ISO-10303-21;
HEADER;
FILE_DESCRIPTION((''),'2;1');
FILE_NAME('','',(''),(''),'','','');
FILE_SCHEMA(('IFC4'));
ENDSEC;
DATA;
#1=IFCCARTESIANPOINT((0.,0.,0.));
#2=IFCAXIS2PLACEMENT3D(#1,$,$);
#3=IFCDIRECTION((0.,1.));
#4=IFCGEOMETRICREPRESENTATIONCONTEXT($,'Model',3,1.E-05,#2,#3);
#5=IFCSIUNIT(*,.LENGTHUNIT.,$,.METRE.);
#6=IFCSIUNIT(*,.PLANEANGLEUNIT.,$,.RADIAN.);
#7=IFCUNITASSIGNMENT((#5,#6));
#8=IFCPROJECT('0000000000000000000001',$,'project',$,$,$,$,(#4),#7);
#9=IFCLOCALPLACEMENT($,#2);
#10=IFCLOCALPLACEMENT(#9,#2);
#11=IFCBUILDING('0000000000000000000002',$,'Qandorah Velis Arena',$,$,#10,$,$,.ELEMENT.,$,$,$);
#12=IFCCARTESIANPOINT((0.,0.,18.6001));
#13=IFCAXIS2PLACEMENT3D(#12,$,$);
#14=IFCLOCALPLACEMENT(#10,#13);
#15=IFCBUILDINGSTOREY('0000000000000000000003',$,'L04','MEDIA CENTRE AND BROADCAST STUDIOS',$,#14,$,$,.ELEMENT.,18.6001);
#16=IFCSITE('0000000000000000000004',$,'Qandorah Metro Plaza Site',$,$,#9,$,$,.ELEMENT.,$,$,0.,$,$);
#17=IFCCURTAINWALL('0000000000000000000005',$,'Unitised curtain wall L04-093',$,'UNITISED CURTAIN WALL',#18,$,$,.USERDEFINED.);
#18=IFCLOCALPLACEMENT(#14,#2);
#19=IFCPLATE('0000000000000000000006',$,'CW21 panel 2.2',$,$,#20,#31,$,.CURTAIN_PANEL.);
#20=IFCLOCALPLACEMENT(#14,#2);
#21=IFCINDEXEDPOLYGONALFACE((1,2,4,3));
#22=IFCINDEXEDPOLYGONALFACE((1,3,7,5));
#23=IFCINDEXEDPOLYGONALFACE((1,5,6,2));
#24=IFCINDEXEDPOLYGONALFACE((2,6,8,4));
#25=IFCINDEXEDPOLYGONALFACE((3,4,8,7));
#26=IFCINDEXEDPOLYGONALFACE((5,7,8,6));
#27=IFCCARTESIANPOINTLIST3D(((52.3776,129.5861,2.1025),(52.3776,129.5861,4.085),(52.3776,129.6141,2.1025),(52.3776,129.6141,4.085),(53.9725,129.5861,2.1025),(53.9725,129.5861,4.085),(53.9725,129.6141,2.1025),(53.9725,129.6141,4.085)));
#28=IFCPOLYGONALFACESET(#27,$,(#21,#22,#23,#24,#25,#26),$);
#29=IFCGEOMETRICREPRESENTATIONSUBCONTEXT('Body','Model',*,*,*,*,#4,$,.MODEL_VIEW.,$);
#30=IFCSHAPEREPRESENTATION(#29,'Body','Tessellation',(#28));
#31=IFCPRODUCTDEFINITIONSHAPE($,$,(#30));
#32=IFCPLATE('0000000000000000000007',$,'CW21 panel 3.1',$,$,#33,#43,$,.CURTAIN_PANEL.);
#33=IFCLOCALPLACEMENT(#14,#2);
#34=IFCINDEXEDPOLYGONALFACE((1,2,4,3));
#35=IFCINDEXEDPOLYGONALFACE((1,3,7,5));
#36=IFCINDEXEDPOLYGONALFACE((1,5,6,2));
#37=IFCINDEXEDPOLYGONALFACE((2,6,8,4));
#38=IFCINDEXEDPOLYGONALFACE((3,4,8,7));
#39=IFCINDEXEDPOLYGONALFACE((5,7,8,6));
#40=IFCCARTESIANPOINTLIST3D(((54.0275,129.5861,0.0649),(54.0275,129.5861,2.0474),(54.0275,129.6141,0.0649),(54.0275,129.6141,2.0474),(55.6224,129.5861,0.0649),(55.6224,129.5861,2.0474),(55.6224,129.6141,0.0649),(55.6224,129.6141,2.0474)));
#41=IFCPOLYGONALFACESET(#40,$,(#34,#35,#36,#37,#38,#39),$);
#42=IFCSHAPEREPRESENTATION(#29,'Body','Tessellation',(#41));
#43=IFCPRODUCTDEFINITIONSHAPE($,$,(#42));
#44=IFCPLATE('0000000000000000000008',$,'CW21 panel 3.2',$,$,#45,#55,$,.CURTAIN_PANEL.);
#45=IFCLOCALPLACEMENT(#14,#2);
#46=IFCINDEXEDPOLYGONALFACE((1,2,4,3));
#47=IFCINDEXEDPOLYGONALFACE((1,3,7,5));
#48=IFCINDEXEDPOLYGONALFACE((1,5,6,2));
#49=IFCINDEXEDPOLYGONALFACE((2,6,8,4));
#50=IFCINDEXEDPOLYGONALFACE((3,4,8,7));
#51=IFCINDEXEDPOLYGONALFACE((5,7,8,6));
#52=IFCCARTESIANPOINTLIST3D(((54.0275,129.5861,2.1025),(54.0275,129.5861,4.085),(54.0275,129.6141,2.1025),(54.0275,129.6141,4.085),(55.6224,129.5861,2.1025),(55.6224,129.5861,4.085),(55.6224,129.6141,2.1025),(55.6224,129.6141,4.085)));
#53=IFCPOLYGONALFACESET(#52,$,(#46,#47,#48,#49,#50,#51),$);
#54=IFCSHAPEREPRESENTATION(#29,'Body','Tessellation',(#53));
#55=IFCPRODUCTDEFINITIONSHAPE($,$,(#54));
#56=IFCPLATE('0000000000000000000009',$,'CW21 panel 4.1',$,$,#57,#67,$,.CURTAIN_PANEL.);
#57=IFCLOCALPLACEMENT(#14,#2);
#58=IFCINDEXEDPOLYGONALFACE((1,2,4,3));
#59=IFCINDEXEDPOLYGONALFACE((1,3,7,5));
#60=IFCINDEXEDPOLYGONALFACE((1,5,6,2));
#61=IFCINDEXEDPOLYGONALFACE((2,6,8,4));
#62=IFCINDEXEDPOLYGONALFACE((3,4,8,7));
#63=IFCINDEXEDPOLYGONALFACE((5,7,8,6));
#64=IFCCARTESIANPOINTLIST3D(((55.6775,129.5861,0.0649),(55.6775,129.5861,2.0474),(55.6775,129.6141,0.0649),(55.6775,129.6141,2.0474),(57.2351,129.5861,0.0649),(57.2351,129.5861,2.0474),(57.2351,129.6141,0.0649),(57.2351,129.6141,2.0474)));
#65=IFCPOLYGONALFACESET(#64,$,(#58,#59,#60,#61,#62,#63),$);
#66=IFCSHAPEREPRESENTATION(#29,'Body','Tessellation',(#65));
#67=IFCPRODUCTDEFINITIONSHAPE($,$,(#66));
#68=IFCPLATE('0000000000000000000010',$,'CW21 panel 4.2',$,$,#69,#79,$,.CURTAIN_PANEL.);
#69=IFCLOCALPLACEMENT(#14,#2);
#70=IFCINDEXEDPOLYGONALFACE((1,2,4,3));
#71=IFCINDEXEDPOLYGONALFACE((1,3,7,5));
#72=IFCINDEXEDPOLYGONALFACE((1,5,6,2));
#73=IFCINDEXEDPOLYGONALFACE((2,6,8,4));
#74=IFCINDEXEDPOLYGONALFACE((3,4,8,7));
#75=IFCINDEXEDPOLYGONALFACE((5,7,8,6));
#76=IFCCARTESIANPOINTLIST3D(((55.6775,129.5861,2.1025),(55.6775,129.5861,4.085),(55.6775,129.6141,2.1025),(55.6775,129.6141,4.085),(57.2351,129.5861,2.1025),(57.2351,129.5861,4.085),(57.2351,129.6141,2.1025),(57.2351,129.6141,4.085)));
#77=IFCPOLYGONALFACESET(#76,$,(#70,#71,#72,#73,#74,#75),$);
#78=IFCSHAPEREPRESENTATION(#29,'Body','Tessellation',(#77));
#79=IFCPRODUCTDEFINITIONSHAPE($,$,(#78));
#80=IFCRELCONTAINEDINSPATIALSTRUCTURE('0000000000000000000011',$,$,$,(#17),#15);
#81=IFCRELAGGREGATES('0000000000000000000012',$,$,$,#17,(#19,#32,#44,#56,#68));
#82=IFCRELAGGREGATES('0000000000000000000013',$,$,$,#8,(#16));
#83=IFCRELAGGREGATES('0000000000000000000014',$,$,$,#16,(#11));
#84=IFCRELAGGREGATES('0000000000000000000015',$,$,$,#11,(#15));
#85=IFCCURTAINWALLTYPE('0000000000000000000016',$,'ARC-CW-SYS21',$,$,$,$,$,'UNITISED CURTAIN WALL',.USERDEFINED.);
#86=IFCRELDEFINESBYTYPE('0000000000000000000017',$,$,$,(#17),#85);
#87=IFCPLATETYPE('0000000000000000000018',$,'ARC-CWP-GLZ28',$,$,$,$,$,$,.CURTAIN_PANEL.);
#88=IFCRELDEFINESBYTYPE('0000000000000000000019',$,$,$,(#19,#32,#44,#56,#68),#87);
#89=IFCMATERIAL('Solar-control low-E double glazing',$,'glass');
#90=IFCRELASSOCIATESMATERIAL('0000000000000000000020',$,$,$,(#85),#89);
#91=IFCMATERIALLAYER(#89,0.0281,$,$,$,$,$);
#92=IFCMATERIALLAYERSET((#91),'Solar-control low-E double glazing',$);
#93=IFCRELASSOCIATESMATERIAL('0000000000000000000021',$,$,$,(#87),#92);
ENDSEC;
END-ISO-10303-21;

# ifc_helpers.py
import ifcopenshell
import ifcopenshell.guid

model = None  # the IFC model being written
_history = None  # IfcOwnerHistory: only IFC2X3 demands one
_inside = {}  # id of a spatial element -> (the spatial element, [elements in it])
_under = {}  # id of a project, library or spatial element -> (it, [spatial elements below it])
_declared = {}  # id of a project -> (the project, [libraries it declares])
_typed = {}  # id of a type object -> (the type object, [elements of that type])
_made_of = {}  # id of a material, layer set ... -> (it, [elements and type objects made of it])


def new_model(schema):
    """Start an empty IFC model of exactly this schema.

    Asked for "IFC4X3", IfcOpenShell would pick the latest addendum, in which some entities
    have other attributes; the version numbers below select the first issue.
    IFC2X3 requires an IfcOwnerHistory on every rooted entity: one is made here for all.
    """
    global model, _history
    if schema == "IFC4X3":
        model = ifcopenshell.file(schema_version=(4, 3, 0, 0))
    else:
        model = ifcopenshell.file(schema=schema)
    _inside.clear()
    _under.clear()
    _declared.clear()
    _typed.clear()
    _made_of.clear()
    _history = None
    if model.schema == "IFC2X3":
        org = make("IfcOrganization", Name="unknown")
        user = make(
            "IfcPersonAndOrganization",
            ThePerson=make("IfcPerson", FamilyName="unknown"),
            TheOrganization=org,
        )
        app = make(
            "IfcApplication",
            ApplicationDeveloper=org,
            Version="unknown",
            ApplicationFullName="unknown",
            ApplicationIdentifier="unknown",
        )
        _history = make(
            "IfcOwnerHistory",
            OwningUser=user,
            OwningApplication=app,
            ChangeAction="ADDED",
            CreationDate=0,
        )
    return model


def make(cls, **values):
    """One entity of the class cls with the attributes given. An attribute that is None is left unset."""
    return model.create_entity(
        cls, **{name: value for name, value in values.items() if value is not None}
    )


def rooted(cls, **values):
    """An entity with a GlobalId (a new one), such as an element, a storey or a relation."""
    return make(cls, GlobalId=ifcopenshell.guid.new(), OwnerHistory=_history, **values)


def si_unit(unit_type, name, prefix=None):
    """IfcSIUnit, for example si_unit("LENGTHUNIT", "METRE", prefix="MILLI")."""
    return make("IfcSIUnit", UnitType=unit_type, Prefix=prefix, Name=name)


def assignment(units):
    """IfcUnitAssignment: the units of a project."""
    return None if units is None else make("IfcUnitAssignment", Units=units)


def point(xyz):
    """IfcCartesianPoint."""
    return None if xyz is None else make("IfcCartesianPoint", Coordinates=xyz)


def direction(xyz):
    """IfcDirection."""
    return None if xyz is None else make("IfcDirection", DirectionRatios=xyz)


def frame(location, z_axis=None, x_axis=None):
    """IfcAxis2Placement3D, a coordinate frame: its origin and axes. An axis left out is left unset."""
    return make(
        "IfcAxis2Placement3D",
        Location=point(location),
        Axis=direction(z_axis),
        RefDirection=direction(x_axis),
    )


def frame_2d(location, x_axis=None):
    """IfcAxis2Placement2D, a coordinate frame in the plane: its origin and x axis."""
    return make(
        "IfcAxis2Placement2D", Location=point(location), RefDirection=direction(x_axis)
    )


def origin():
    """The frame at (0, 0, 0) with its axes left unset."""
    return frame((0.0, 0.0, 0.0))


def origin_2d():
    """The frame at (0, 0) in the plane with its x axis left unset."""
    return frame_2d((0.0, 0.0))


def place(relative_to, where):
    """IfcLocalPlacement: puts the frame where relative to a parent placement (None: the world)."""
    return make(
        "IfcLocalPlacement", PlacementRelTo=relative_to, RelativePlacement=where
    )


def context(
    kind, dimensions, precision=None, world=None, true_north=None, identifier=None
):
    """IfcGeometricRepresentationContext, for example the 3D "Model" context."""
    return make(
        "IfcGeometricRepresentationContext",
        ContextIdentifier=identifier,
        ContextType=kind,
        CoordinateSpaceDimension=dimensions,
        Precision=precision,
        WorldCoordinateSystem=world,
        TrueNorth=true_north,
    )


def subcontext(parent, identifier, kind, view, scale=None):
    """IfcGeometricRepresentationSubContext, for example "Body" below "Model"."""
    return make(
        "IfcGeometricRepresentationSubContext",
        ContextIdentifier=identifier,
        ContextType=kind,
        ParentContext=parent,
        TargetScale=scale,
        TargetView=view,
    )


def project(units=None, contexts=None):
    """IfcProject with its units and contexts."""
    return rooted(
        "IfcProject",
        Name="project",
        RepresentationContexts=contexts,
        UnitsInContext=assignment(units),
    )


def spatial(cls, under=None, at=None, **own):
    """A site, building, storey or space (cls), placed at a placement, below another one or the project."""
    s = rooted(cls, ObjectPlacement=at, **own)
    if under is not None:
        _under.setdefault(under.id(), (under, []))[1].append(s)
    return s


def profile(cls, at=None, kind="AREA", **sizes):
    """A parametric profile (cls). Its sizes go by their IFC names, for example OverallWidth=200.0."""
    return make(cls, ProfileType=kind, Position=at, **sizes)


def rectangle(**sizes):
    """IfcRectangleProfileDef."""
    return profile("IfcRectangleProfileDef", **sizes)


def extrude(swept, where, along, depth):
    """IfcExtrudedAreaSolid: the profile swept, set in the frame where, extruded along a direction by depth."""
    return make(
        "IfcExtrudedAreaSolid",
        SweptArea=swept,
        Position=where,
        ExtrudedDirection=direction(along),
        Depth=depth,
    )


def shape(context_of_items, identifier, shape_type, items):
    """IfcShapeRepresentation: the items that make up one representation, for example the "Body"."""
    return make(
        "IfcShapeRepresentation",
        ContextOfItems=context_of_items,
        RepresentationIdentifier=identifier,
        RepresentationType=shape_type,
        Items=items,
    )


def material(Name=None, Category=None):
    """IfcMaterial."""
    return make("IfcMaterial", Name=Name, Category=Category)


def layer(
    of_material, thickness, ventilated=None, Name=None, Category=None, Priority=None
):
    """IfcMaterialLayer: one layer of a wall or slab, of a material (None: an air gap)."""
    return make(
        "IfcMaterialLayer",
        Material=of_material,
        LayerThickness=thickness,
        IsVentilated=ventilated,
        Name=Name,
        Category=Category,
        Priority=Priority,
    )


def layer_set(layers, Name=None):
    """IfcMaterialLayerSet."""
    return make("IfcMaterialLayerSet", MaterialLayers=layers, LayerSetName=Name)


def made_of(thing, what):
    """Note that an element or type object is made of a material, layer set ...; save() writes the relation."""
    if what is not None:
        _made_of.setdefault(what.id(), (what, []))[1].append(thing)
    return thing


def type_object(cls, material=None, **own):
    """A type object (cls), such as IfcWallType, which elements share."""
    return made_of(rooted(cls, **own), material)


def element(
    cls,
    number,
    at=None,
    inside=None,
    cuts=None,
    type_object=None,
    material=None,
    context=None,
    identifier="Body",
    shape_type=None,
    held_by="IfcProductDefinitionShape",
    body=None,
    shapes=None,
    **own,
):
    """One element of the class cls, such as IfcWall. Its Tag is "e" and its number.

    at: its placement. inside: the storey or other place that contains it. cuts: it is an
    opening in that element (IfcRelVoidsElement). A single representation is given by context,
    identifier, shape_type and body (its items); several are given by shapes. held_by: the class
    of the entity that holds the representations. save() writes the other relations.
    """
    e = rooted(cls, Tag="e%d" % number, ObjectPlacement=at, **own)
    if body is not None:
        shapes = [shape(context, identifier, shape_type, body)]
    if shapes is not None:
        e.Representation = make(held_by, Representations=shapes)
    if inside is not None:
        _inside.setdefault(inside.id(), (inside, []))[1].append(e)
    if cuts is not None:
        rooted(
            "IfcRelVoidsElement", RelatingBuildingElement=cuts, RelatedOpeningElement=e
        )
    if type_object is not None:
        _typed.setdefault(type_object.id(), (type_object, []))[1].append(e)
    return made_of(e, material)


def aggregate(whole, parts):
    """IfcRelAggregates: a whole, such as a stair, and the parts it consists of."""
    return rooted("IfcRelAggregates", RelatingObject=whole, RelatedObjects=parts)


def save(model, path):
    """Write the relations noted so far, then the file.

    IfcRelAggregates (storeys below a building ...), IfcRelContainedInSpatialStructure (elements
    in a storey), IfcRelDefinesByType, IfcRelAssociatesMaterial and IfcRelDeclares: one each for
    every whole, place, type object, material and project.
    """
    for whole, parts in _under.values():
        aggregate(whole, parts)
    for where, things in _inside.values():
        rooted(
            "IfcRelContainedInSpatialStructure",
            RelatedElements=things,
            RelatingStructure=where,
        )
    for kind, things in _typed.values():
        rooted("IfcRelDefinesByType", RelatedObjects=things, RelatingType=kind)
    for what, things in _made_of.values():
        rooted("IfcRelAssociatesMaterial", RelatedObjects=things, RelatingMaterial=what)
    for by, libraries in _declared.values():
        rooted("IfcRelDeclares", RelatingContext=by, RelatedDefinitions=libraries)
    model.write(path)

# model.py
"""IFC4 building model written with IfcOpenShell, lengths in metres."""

from ifc_helpers import new_model, si_unit, direction, frame, origin, origin_2d, place, context, subcontext, project, spatial, rectangle, extrude, material, layer, layer_set, type_object, element, aggregate, save


model = new_model("IFC4")

# Units and contexts
model_context = context("Model", 3, precision=1e-05, world=origin(), true_north=direction((0.0, 1.0)))
body_context = subcontext(model_context, "Body", "Model", "MODEL_VIEW")
ifc_project = project(units=[si_unit("LENGTHUNIT", "METRE"), si_unit("PLANEANGLEUNIT", "RADIAN")], contexts=[model_context])

# Site, building, storey
site_placement = place(None, origin())
site = spatial("IfcSite", under=ifc_project, at=site_placement, Name="Qandorah Metro Plaza Site", CompositionType="ELEMENT", RefElevation=0.0)
building_placement = place(site_placement, origin())
building = spatial("IfcBuilding", under=site, at=building_placement, Name="Qandorah Velis Arena", CompositionType="ELEMENT")
storey_placement = place(building_placement, frame((0.0, 0.0, 18.6001)))
storey = spatial("IfcBuildingStorey", under=building, at=storey_placement, Name="L04", Description="MEDIA CENTRE AND BROADCAST STUDIOS", CompositionType="ELEMENT", Elevation=18.6001)

# Curtain wall
ifc_material_1 = material(Name="Solar-control low-E double glazing", Category="glass")
curtain_wall_type = type_object("IfcCurtainWallType", Name="ARC-CW-SYS21", ElementType="UNITISED CURTAIN WALL", PredefinedType="USERDEFINED", material=ifc_material_1)
curtain_wall_placement = place(storey_placement, origin())
curtain_wall = element("IfcCurtainWall", 1, at=curtain_wall_placement, inside=storey, type_object=curtain_wall_type, Name="Unitised curtain wall L04-093", ObjectType="UNITISED CURTAIN WALL", PredefinedType="USERDEFINED")

# Plates
ifc_layer = layer(ifc_material_1, 0.0281)
ifc_layer_set = layer_set([ifc_layer], Name="Solar-control low-E double glazing")
plate_type = type_object("IfcPlateType", Name="ARC-CWP-GLZ28", PredefinedType="CURTAIN_PANEL", material=ifc_layer_set)
plate_1_placement = place(storey_placement, frame((53.175, 129.6001, 2.1025), z_axis=(0.0, 0.0, 1.0), x_axis=(1.0, 0.0, 0.0)))
plate_1 = element("IfcPlate", 2, at=plate_1_placement, type_object=plate_type, Name="CW21 panel 2.2", PredefinedType="CURTAIN_PANEL", context=body_context, shape_type="SweptSolid", body=[
    extrude(rectangle(XDim=1.595, YDim=0.0281, at=origin_2d()), origin(), (0.0, 0.0, 1.0), 1.9824),
])
plate_2_placement = place(storey_placement, frame((54.825, 129.6001, 0.0649), z_axis=(0.0, 0.0, 1.0), x_axis=(1.0, 0.0, 0.0)))
plate_2 = element("IfcPlate", 3, at=plate_2_placement, type_object=plate_type, Name="CW21 panel 3.1", PredefinedType="CURTAIN_PANEL", context=body_context, shape_type="SweptSolid", body=[
    extrude(rectangle(XDim=1.595, YDim=0.0281, at=origin_2d()), origin(), (0.0, 0.0, 1.0), 1.9824),
])
plate_3_placement = place(storey_placement, frame((54.825, 129.6001, 2.1025), z_axis=(0.0, 0.0, 1.0), x_axis=(1.0, 0.0, 0.0)))
plate_3 = element("IfcPlate", 4, at=plate_3_placement, type_object=plate_type, Name="CW21 panel 3.2", PredefinedType="CURTAIN_PANEL", context=body_context, shape_type="SweptSolid", body=[
    extrude(rectangle(XDim=1.595, YDim=0.0281, at=origin_2d()), origin(), (0.0, 0.0, 1.0), 1.9824),
])
plate_4_placement = place(storey_placement, frame((56.4563, 129.6001, 0.0649), z_axis=(0.0, 0.0, 1.0), x_axis=(1.0, 0.0, 0.0)))
plate_4 = element("IfcPlate", 5, at=plate_4_placement, type_object=plate_type, Name="CW21 panel 4.1", PredefinedType="CURTAIN_PANEL", context=body_context, shape_type="SweptSolid", body=[
    extrude(rectangle(XDim=1.5576, YDim=0.0281, at=origin_2d()), origin(), (0.0, 0.0, 1.0), 1.9824),
])
plate_5_placement = place(storey_placement, frame((56.4563, 129.6001, 2.1025), z_axis=(0.0, 0.0, 1.0), x_axis=(1.0, 0.0, 0.0)))
plate_5 = element("IfcPlate", 6, at=plate_5_placement, type_object=plate_type, Name="CW21 panel 4.2", PredefinedType="CURTAIN_PANEL", context=body_context, shape_type="SweptSolid", body=[
    extrude(rectangle(XDim=1.5576, YDim=0.0281, at=origin_2d()), origin(), (0.0, 0.0, 1.0), 1.9824),
])
aggregate(curtain_wall, [plate_1, plate_2, plate_3, plate_4, plate_5])

save(model, "model.ifc")
